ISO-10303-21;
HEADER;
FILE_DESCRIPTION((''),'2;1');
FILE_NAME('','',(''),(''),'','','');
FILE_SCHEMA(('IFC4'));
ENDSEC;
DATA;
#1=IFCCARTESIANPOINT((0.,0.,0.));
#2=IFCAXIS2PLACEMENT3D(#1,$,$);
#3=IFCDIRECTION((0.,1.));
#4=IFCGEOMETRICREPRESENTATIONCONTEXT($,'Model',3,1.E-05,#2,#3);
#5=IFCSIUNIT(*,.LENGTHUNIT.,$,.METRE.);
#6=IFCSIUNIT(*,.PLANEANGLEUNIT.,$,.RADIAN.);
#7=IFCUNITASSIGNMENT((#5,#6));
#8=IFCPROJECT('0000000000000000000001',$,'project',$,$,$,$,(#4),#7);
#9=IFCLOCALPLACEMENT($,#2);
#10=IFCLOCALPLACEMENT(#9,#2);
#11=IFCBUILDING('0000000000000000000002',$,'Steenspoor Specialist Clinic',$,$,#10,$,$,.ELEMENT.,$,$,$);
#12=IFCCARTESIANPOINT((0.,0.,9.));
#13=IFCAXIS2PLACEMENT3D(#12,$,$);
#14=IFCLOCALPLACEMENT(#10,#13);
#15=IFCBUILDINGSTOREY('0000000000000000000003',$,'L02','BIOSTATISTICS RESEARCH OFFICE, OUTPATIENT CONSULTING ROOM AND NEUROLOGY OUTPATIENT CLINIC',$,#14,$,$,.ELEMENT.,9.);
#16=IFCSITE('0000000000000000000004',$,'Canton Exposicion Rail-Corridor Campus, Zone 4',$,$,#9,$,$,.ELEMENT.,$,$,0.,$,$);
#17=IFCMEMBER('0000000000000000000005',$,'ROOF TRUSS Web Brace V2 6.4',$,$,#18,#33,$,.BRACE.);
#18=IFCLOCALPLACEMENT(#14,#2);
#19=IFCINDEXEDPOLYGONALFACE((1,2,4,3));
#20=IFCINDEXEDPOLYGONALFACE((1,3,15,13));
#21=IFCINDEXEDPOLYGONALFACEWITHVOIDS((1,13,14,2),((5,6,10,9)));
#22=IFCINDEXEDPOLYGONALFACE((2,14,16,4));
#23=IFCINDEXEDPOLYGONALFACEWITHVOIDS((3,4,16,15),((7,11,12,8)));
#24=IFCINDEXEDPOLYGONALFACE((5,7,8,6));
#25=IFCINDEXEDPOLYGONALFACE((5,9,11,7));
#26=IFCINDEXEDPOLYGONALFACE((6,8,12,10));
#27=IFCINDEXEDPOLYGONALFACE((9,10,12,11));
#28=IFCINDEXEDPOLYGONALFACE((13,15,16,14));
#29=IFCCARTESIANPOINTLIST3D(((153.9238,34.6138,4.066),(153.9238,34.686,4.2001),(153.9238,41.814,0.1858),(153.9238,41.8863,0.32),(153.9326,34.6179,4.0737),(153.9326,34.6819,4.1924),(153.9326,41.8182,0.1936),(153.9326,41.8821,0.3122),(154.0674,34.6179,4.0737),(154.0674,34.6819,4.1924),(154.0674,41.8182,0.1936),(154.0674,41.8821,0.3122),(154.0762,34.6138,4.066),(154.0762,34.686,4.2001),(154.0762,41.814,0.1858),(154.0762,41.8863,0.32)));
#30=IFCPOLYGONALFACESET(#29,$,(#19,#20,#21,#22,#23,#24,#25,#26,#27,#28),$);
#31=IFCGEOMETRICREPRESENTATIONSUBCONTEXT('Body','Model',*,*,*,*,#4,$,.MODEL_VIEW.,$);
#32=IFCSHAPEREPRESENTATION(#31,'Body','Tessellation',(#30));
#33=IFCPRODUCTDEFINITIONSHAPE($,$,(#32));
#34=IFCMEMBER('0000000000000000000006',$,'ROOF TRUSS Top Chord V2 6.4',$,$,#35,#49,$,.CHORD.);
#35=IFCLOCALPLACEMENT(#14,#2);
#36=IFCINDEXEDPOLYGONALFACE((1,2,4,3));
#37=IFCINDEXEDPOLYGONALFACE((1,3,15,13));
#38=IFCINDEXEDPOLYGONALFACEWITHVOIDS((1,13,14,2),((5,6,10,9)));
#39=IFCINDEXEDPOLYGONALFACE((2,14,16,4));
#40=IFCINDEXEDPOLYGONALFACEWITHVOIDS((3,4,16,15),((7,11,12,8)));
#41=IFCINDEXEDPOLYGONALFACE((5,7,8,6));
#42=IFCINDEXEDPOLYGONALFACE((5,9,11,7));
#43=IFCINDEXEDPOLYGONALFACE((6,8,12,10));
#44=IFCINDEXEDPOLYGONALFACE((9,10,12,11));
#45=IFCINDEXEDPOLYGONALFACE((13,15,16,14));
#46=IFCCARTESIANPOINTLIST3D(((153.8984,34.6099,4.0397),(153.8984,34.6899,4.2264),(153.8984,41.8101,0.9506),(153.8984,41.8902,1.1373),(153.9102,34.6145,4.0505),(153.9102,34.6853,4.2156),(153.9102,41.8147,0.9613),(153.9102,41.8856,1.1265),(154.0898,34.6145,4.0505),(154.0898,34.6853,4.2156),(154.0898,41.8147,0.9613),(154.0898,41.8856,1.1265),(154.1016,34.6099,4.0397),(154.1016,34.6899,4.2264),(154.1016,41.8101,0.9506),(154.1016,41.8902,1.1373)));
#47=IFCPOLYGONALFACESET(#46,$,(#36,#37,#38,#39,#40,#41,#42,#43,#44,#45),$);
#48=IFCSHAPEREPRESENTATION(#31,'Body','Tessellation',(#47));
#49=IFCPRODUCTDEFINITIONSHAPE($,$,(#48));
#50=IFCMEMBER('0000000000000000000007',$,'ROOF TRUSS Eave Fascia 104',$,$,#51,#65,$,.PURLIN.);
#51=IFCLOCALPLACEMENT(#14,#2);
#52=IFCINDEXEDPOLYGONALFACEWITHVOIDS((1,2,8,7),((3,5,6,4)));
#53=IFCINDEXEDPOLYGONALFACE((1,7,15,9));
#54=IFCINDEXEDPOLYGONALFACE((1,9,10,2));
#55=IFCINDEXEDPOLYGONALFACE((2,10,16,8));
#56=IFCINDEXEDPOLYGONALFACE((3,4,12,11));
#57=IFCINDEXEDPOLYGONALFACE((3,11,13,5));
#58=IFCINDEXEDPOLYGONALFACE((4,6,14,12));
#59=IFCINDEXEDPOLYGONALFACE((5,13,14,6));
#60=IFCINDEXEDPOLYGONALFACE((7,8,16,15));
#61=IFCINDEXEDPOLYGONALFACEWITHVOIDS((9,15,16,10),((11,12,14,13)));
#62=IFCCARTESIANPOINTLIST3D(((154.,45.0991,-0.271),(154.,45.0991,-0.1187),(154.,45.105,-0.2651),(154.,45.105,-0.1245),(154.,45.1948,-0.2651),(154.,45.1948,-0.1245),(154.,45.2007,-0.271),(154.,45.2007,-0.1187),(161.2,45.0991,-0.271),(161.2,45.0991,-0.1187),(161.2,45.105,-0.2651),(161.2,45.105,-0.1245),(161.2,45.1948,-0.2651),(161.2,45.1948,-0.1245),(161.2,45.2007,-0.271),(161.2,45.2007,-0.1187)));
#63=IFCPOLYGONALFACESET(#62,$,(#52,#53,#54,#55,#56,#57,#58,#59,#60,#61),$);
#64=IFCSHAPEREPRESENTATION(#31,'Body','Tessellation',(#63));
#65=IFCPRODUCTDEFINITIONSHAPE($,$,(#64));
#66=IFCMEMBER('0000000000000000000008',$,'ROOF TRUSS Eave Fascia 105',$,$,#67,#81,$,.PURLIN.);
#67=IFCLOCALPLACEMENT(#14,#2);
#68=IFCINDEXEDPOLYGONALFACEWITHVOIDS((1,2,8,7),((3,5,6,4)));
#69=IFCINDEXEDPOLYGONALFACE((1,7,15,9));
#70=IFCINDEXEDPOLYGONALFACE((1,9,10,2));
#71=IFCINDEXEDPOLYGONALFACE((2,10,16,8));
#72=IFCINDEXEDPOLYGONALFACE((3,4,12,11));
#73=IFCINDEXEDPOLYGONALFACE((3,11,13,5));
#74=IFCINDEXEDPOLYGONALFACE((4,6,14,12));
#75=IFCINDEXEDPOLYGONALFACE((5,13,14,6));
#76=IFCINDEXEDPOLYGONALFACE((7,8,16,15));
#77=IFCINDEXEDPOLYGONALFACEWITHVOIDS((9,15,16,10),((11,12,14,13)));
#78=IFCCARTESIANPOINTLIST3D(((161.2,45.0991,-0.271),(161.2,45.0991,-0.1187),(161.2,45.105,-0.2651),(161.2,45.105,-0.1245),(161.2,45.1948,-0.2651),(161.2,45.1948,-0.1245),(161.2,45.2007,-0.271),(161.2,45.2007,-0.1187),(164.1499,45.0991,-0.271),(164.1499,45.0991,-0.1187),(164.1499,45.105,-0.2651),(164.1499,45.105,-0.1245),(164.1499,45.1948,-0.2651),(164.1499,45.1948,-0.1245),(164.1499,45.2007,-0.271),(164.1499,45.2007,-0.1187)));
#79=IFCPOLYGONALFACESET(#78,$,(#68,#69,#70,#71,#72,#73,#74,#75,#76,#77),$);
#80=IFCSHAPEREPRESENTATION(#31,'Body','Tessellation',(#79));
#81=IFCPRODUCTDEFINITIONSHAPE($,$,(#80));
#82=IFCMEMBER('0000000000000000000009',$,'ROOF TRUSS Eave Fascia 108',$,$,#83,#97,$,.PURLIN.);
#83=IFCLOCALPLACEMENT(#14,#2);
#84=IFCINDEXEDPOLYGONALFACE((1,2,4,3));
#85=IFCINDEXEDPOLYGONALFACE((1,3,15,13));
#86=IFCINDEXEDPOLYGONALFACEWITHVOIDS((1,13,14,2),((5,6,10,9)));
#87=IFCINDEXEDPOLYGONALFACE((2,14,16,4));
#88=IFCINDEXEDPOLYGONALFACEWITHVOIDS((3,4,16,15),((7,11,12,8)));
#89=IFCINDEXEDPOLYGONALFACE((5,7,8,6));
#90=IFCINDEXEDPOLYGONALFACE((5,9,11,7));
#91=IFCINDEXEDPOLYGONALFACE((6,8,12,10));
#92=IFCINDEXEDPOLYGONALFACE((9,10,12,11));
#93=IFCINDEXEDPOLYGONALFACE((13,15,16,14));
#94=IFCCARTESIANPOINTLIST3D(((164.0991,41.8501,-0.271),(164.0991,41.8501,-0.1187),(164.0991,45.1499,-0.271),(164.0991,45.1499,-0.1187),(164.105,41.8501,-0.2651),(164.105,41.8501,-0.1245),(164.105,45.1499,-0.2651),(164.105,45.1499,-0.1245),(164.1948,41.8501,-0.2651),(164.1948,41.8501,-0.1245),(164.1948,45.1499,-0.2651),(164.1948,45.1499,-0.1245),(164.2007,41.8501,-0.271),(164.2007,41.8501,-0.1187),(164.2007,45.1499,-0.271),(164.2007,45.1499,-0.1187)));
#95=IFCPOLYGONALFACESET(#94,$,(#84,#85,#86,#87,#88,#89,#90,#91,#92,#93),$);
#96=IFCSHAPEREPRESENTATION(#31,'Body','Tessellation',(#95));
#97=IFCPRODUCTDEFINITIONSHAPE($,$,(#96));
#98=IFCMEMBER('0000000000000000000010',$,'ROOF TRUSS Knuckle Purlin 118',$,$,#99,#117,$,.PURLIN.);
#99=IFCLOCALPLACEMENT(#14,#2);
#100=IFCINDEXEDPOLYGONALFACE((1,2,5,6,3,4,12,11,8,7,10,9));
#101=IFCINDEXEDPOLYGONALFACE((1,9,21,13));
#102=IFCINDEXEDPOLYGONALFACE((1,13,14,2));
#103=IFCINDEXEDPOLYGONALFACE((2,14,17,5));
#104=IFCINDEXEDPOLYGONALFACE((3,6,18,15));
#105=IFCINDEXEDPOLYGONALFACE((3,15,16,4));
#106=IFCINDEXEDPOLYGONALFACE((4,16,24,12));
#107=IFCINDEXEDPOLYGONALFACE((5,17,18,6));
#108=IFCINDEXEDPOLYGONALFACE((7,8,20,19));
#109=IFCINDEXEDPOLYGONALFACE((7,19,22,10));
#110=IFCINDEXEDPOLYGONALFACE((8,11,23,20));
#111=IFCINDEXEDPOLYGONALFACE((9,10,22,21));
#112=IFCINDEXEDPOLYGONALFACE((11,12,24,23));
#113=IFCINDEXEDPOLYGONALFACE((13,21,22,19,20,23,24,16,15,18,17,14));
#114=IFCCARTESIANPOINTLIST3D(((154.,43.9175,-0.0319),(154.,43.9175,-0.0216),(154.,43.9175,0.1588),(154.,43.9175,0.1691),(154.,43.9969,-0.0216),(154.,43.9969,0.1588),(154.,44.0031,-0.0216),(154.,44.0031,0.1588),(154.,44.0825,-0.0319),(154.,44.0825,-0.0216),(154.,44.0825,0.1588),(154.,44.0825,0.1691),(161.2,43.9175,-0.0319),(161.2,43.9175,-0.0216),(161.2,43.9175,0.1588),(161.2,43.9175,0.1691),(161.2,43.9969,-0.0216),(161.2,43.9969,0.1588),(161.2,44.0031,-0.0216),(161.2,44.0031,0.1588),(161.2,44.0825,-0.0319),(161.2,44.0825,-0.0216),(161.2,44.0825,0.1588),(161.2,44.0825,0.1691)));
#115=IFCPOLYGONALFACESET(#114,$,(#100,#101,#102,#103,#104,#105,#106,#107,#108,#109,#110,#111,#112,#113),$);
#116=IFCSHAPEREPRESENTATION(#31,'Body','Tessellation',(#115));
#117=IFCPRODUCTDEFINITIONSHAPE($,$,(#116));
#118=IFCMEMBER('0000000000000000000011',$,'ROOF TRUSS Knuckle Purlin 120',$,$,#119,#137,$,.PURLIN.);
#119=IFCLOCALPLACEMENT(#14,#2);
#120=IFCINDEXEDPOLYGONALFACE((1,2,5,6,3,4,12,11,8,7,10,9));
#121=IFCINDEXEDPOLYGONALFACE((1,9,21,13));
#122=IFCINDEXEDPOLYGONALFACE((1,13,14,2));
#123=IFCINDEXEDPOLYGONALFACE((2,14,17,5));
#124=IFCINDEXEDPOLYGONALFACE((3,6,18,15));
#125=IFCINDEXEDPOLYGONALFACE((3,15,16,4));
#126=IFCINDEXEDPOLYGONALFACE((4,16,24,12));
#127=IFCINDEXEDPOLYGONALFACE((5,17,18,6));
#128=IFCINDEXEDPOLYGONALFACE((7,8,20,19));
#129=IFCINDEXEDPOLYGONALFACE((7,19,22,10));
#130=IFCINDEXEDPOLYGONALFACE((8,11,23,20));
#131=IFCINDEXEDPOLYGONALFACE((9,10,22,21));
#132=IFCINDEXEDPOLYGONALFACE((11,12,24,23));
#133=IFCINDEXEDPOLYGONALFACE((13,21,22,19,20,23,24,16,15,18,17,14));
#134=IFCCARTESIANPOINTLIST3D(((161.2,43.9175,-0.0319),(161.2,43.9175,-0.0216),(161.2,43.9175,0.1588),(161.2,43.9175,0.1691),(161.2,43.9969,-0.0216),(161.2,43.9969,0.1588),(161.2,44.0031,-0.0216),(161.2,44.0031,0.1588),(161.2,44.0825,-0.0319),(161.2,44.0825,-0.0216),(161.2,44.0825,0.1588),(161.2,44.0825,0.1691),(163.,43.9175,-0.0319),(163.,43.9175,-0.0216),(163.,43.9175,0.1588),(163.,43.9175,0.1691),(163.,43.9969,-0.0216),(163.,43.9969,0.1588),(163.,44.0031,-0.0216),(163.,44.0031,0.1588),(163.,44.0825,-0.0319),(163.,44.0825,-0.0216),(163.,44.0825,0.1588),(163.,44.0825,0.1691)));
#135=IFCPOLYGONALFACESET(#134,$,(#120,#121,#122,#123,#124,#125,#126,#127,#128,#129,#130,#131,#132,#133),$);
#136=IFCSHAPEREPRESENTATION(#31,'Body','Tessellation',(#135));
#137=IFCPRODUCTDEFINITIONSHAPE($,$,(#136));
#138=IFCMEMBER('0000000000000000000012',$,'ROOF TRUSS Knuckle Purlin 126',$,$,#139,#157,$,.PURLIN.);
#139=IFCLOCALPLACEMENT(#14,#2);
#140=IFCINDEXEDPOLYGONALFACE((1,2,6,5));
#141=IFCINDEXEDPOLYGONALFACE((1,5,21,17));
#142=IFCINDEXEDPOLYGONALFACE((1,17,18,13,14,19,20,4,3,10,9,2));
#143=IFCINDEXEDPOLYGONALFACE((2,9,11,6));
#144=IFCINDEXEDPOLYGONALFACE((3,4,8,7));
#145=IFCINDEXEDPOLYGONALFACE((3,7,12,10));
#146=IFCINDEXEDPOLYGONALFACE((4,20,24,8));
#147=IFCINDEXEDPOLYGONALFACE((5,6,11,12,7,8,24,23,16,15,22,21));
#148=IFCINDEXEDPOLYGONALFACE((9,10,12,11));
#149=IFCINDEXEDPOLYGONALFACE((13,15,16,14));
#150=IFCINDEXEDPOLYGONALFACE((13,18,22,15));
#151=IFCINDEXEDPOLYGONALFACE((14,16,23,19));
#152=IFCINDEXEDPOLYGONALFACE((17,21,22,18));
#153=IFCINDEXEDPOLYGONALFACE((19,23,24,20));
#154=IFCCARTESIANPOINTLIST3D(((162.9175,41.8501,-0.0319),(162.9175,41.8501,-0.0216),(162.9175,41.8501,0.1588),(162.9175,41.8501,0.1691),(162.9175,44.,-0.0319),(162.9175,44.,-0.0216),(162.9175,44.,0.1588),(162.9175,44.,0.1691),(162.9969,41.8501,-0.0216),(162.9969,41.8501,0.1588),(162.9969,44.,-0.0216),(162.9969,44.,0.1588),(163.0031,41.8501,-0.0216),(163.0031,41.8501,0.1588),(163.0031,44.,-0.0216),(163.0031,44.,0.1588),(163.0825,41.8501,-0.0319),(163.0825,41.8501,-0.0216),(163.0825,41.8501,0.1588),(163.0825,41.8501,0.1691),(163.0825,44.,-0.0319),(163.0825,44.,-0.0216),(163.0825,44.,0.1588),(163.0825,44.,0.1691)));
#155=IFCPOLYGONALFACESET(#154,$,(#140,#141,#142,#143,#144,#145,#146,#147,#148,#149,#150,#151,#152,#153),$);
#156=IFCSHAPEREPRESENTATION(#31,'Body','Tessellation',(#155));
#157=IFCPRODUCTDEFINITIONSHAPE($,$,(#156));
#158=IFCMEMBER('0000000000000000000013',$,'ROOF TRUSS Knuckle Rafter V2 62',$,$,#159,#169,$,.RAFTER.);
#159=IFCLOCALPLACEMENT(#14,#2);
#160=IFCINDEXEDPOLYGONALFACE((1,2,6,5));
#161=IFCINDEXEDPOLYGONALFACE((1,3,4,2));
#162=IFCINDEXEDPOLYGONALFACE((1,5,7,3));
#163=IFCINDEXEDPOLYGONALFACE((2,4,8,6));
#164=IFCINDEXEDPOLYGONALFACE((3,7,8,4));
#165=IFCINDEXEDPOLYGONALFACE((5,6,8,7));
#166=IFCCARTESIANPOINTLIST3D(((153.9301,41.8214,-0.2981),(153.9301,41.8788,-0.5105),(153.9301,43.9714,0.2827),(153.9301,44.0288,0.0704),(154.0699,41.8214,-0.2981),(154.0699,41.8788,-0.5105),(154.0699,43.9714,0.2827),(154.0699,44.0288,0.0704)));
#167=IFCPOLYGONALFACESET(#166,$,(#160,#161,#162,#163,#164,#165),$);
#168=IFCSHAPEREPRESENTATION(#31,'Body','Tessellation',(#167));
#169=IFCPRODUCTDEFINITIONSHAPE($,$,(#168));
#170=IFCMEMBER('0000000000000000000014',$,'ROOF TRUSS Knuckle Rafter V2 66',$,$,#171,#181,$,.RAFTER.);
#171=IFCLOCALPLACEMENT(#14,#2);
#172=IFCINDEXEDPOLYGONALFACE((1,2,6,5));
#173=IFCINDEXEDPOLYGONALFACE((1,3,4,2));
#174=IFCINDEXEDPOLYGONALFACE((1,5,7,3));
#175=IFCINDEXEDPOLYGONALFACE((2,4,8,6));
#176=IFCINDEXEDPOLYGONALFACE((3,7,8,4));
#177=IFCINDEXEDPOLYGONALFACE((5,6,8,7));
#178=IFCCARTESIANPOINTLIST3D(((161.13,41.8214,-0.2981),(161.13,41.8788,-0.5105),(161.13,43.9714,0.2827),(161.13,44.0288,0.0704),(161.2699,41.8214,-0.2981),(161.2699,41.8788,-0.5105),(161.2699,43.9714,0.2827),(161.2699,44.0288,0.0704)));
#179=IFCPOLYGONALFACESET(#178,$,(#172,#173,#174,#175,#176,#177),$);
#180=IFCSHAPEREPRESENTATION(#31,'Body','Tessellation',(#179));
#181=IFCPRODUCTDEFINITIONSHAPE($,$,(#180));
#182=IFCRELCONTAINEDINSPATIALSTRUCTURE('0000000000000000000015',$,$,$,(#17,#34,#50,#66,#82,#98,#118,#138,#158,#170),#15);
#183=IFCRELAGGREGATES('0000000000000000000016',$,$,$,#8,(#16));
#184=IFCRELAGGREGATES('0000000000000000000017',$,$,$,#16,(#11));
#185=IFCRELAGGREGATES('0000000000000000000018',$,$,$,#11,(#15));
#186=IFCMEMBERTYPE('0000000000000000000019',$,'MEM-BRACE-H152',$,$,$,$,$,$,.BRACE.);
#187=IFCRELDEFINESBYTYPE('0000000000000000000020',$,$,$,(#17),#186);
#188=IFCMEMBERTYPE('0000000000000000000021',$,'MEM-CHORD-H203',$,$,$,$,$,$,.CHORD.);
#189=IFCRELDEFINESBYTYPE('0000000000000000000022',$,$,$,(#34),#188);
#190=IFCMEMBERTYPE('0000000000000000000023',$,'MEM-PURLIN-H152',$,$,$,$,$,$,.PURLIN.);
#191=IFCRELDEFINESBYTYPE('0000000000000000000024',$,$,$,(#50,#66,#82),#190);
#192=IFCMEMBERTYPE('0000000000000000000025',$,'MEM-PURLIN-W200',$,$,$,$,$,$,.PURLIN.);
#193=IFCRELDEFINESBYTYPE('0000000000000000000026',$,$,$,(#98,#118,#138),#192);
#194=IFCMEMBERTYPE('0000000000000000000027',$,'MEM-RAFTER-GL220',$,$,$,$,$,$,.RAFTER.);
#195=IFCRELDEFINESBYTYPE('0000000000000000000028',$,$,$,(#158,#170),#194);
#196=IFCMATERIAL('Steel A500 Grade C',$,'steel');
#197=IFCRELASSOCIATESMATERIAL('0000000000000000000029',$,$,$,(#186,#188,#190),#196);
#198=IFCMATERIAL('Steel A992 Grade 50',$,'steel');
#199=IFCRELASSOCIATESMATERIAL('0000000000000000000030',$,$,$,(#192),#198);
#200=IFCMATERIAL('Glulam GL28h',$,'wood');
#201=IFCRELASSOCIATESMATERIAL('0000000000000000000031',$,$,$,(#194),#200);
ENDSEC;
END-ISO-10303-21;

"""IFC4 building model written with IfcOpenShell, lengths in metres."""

from ifc_helpers import new_model, si_unit, direction, frame, origin, origin_2d, place, context, subcontext, project, spatial, rectangle, hollow_rectangle, i_section, extrude, material, material_profile, profile_set, type_object, element, save


model = new_model("IFC4")

# Units and contexts
model_context = context("Model", 3, precision=1e-05, world=origin(), true_north=direction((0.0, 1.0)))
body_context = subcontext(model_context, "Body", "Model", "MODEL_VIEW")
ifc_project = project(units=[si_unit("LENGTHUNIT", "METRE"), si_unit("PLANEANGLEUNIT", "RADIAN")], contexts=[model_context])

# Site, building, storey
site_placement = place(None, origin())
site = spatial("IfcSite", under=ifc_project, at=site_placement, Name="Canton Exposicion Rail-Corridor Campus, Zone 4", CompositionType="ELEMENT", RefElevation=0.0)
building_placement = place(site_placement, origin())
building = spatial("IfcBuilding", under=site, at=building_placement, Name="Steenspoor Specialist Clinic", CompositionType="ELEMENT")
storey_placement = place(building_placement, frame((0.0, 0.0, 9.0)))
storey = spatial("IfcBuildingStorey", under=building, at=storey_placement, Name="L02", Description="BIOSTATISTICS RESEARCH OFFICE, OUTPATIENT CONSULTING ROOM AND NEUROLOGY OUTPATIENT CLINIC", CompositionType="ELEMENT", Elevation=9.0)

# Members
ifc_material_1 = material(Name="Steel A500 Grade C", Category="steel")
ifc_material_profile_1 = material_profile(ifc_material_1, hollow_rectangle(XDim=0.1523, YDim=0.1523, WallThickness=0.0088, at=origin_2d()), Name="HSS152X152X9.5")
ifc_profile_set_1 = profile_set([ifc_material_profile_1], Name="Steel A500 Grade C")
member_type_1 = type_object("IfcMemberType", Name="MEM-BRACE-H152", PredefinedType="BRACE", material=ifc_profile_set_1)
member_1_placement = place(storey_placement, frame((154.0, 34.6499, 4.1331), z_axis=(0.0, 0.880313, -0.474393), x_axis=(-1.0, 0.0, 0.0)))
element("IfcMember", 1, at=member_1_placement, inside=storey, type_object=member_type_1, Name="ROOF TRUSS Web Brace V2 6.4", PredefinedType="BRACE", context=body_context, shape_type="SweptSolid", body=[
    extrude(hollow_rectangle(XDim=0.1523, YDim=0.1523, WallThickness=0.0088, at=origin_2d()), origin(), (0.0, 0.0, 1.0), 8.1792),
])
ifc_material_profile_2 = material_profile(ifc_material_1, hollow_rectangle(XDim=0.2031, YDim=0.2031, WallThickness=0.0117, at=origin_2d()), Name="HSS203X203X12.7")
ifc_profile_set_2 = profile_set([ifc_material_profile_2], Name="Steel A500 Grade C")
member_type_2 = type_object("IfcMemberType", Name="MEM-CHORD-H203", PredefinedType="CHORD", material=ifc_profile_set_2)
member_2_placement = place(storey_placement, frame((154.0, 34.6499, 4.1331), z_axis=(0.0, 0.918992, -0.394277), x_axis=(-1.0, 0.0, 0.0)))
element("IfcMember", 2, at=member_2_placement, inside=storey, type_object=member_type_2, Name="ROOF TRUSS Top Chord V2 6.4", PredefinedType="CHORD", context=body_context, shape_type="SweptSolid", body=[
    extrude(hollow_rectangle(XDim=0.2031, YDim=0.2031, WallThickness=0.0117, at=origin_2d()), origin(), (0.0, 0.0, 1.0), 7.835),
])
ifc_material_profile_3 = material_profile(ifc_material_1, hollow_rectangle(XDim=0.1016, YDim=0.1523, WallThickness=0.0059, at=origin_2d()), Name="HSS152X102X6.4")
ifc_profile_set_3 = profile_set([ifc_material_profile_3], Name="Steel A500 Grade C")
member_type_3 = type_object("IfcMemberType", Name="MEM-PURLIN-H152", PredefinedType="PURLIN", material=ifc_profile_set_3)
member_3_placement = place(storey_placement, frame((154.0, 45.1499, -0.1948), z_axis=(1.0, 0.0, 0.0), x_axis=(0.0, 1.0, 0.0)))
element("IfcMember", 3, at=member_3_placement, inside=storey, type_object=member_type_3, Name="ROOF TRUSS Eave Fascia 104", PredefinedType="PURLIN", context=body_context, shape_type="SweptSolid", body=[
    extrude(hollow_rectangle(XDim=0.1016, YDim=0.1523, WallThickness=0.0059, at=origin_2d()), origin(), (0.0, 0.0, 1.0), 7.2),
])
member_4_placement = place(storey_placement, frame((161.2, 45.1499, -0.1948), z_axis=(1.0, 0.0, 0.0), x_axis=(0.0, 1.0, 0.0)))
element("IfcMember", 4, at=member_4_placement, inside=storey, type_object=member_type_3, Name="ROOF TRUSS Eave Fascia 105", PredefinedType="PURLIN", context=body_context, shape_type="SweptSolid", body=[
    extrude(hollow_rectangle(XDim=0.1016, YDim=0.1523, WallThickness=0.0059, at=origin_2d()), origin(), (0.0, 0.0, 1.0), 2.95),
])
member_5_placement = place(storey_placement, frame((164.1499, 41.8501, -0.1948), z_axis=(0.0, 1.0, 0.0), x_axis=(-1.0, 0.0, 0.0)))
element("IfcMember", 5, at=member_5_placement, inside=storey, type_object=member_type_3, Name="ROOF TRUSS Eave Fascia 108", PredefinedType="PURLIN", context=body_context, shape_type="SweptSolid", body=[
    extrude(hollow_rectangle(XDim=0.1016, YDim=0.1523, WallThickness=0.0059, at=origin_2d()), origin(), (0.0, 0.0, 1.0), 3.2998),
])
ifc_material_2 = material(Name="Steel A992 Grade 50", Category="steel")
ifc_material_profile_4 = material_profile(ifc_material_2, i_section(OverallWidth=0.165, OverallDepth=0.2009, WebThickness=0.0061, FlangeThickness=0.0103, at=origin_2d()), Name="W200X36")
ifc_profile_set_4 = profile_set([ifc_material_profile_4], Name="Steel A992 Grade 50")
member_type_4 = type_object("IfcMemberType", Name="MEM-PURLIN-W200", PredefinedType="PURLIN", material=ifc_profile_set_4)
member_6_placement = place(storey_placement, frame((154.0, 44.0, 0.0686), z_axis=(1.0, 0.0, 0.0), x_axis=(0.0, 1.0, 0.0)))
element("IfcMember", 6, at=member_6_placement, inside=storey, type_object=member_type_4, Name="ROOF TRUSS Knuckle Purlin 118", PredefinedType="PURLIN", context=body_context, shape_type="SweptSolid", body=[
    extrude(i_section(OverallWidth=0.165, OverallDepth=0.2009, WebThickness=0.0061, FlangeThickness=0.0103, at=origin_2d()), origin(), (0.0, 0.0, 1.0), 7.2),
])
member_7_placement = place(storey_placement, frame((161.2, 44.0, 0.0686), z_axis=(1.0, 0.0, 0.0), x_axis=(0.0, 1.0, 0.0)))
element("IfcMember", 7, at=member_7_placement, inside=storey, type_object=member_type_4, Name="ROOF TRUSS Knuckle Purlin 120", PredefinedType="PURLIN", context=body_context, shape_type="SweptSolid", body=[
    extrude(i_section(OverallWidth=0.165, OverallDepth=0.2009, WebThickness=0.0061, FlangeThickness=0.0103, at=origin_2d()), origin(), (0.0, 0.0, 1.0), 1.8),
])
member_8_placement = place(storey_placement, frame((163.0, 41.8501, 0.0686), z_axis=(0.0, 1.0, 0.0), x_axis=(-1.0, 0.0, 0.0)))
element("IfcMember", 8, at=member_8_placement, inside=storey, type_object=member_type_4, Name="ROOF TRUSS Knuckle Purlin 126", PredefinedType="PURLIN", context=body_context, shape_type="SweptSolid", body=[
    extrude(i_section(OverallWidth=0.165, OverallDepth=0.2009, WebThickness=0.0061, FlangeThickness=0.0103, at=origin_2d()), origin(), (0.0, 0.0, 1.0), 2.1499),
])
ifc_material_3 = material(Name="Glulam GL28h", Category="wood")
ifc_material_profile_5 = material_profile(ifc_material_3, rectangle(XDim=0.1399, YDim=0.22, at=origin_2d()), Name="GL28H-140X220")
ifc_profile_set_5 = profile_set([ifc_material_profile_5], Name="Glulam GL28h")
member_type_5 = type_object("IfcMemberType", Name="MEM-RAFTER-GL220", PredefinedType="RAFTER", material=ifc_profile_set_5)
for number, where, z_axis, x_axis, name in (
    (9, (154.0, 41.8501, -0.4043), (0.0, 0.965391, 0.260807), (-1.0, 0.0, 0.0), "ROOF TRUSS Knuckle Rafter V2 62"),
    (10, (161.2, 41.8501, -0.4043), (0.0, 0.965391, 0.260807), (-1.0, 0.0, 0.0), "ROOF TRUSS Knuckle Rafter V2 66"),
):
    element("IfcMember", number, at=place(storey_placement, frame(where, z_axis=z_axis, x_axis=x_axis)), inside=storey, type_object=member_type_5, Name=name, PredefinedType="RAFTER", context=body_context, shape_type="SweptSolid", body=[
        extrude(rectangle(XDim=0.1399, YDim=0.22, at=origin_2d()), origin(), (0.0, 0.0, 1.0), 2.2271),
    ])

save(model, "model.ifc")
